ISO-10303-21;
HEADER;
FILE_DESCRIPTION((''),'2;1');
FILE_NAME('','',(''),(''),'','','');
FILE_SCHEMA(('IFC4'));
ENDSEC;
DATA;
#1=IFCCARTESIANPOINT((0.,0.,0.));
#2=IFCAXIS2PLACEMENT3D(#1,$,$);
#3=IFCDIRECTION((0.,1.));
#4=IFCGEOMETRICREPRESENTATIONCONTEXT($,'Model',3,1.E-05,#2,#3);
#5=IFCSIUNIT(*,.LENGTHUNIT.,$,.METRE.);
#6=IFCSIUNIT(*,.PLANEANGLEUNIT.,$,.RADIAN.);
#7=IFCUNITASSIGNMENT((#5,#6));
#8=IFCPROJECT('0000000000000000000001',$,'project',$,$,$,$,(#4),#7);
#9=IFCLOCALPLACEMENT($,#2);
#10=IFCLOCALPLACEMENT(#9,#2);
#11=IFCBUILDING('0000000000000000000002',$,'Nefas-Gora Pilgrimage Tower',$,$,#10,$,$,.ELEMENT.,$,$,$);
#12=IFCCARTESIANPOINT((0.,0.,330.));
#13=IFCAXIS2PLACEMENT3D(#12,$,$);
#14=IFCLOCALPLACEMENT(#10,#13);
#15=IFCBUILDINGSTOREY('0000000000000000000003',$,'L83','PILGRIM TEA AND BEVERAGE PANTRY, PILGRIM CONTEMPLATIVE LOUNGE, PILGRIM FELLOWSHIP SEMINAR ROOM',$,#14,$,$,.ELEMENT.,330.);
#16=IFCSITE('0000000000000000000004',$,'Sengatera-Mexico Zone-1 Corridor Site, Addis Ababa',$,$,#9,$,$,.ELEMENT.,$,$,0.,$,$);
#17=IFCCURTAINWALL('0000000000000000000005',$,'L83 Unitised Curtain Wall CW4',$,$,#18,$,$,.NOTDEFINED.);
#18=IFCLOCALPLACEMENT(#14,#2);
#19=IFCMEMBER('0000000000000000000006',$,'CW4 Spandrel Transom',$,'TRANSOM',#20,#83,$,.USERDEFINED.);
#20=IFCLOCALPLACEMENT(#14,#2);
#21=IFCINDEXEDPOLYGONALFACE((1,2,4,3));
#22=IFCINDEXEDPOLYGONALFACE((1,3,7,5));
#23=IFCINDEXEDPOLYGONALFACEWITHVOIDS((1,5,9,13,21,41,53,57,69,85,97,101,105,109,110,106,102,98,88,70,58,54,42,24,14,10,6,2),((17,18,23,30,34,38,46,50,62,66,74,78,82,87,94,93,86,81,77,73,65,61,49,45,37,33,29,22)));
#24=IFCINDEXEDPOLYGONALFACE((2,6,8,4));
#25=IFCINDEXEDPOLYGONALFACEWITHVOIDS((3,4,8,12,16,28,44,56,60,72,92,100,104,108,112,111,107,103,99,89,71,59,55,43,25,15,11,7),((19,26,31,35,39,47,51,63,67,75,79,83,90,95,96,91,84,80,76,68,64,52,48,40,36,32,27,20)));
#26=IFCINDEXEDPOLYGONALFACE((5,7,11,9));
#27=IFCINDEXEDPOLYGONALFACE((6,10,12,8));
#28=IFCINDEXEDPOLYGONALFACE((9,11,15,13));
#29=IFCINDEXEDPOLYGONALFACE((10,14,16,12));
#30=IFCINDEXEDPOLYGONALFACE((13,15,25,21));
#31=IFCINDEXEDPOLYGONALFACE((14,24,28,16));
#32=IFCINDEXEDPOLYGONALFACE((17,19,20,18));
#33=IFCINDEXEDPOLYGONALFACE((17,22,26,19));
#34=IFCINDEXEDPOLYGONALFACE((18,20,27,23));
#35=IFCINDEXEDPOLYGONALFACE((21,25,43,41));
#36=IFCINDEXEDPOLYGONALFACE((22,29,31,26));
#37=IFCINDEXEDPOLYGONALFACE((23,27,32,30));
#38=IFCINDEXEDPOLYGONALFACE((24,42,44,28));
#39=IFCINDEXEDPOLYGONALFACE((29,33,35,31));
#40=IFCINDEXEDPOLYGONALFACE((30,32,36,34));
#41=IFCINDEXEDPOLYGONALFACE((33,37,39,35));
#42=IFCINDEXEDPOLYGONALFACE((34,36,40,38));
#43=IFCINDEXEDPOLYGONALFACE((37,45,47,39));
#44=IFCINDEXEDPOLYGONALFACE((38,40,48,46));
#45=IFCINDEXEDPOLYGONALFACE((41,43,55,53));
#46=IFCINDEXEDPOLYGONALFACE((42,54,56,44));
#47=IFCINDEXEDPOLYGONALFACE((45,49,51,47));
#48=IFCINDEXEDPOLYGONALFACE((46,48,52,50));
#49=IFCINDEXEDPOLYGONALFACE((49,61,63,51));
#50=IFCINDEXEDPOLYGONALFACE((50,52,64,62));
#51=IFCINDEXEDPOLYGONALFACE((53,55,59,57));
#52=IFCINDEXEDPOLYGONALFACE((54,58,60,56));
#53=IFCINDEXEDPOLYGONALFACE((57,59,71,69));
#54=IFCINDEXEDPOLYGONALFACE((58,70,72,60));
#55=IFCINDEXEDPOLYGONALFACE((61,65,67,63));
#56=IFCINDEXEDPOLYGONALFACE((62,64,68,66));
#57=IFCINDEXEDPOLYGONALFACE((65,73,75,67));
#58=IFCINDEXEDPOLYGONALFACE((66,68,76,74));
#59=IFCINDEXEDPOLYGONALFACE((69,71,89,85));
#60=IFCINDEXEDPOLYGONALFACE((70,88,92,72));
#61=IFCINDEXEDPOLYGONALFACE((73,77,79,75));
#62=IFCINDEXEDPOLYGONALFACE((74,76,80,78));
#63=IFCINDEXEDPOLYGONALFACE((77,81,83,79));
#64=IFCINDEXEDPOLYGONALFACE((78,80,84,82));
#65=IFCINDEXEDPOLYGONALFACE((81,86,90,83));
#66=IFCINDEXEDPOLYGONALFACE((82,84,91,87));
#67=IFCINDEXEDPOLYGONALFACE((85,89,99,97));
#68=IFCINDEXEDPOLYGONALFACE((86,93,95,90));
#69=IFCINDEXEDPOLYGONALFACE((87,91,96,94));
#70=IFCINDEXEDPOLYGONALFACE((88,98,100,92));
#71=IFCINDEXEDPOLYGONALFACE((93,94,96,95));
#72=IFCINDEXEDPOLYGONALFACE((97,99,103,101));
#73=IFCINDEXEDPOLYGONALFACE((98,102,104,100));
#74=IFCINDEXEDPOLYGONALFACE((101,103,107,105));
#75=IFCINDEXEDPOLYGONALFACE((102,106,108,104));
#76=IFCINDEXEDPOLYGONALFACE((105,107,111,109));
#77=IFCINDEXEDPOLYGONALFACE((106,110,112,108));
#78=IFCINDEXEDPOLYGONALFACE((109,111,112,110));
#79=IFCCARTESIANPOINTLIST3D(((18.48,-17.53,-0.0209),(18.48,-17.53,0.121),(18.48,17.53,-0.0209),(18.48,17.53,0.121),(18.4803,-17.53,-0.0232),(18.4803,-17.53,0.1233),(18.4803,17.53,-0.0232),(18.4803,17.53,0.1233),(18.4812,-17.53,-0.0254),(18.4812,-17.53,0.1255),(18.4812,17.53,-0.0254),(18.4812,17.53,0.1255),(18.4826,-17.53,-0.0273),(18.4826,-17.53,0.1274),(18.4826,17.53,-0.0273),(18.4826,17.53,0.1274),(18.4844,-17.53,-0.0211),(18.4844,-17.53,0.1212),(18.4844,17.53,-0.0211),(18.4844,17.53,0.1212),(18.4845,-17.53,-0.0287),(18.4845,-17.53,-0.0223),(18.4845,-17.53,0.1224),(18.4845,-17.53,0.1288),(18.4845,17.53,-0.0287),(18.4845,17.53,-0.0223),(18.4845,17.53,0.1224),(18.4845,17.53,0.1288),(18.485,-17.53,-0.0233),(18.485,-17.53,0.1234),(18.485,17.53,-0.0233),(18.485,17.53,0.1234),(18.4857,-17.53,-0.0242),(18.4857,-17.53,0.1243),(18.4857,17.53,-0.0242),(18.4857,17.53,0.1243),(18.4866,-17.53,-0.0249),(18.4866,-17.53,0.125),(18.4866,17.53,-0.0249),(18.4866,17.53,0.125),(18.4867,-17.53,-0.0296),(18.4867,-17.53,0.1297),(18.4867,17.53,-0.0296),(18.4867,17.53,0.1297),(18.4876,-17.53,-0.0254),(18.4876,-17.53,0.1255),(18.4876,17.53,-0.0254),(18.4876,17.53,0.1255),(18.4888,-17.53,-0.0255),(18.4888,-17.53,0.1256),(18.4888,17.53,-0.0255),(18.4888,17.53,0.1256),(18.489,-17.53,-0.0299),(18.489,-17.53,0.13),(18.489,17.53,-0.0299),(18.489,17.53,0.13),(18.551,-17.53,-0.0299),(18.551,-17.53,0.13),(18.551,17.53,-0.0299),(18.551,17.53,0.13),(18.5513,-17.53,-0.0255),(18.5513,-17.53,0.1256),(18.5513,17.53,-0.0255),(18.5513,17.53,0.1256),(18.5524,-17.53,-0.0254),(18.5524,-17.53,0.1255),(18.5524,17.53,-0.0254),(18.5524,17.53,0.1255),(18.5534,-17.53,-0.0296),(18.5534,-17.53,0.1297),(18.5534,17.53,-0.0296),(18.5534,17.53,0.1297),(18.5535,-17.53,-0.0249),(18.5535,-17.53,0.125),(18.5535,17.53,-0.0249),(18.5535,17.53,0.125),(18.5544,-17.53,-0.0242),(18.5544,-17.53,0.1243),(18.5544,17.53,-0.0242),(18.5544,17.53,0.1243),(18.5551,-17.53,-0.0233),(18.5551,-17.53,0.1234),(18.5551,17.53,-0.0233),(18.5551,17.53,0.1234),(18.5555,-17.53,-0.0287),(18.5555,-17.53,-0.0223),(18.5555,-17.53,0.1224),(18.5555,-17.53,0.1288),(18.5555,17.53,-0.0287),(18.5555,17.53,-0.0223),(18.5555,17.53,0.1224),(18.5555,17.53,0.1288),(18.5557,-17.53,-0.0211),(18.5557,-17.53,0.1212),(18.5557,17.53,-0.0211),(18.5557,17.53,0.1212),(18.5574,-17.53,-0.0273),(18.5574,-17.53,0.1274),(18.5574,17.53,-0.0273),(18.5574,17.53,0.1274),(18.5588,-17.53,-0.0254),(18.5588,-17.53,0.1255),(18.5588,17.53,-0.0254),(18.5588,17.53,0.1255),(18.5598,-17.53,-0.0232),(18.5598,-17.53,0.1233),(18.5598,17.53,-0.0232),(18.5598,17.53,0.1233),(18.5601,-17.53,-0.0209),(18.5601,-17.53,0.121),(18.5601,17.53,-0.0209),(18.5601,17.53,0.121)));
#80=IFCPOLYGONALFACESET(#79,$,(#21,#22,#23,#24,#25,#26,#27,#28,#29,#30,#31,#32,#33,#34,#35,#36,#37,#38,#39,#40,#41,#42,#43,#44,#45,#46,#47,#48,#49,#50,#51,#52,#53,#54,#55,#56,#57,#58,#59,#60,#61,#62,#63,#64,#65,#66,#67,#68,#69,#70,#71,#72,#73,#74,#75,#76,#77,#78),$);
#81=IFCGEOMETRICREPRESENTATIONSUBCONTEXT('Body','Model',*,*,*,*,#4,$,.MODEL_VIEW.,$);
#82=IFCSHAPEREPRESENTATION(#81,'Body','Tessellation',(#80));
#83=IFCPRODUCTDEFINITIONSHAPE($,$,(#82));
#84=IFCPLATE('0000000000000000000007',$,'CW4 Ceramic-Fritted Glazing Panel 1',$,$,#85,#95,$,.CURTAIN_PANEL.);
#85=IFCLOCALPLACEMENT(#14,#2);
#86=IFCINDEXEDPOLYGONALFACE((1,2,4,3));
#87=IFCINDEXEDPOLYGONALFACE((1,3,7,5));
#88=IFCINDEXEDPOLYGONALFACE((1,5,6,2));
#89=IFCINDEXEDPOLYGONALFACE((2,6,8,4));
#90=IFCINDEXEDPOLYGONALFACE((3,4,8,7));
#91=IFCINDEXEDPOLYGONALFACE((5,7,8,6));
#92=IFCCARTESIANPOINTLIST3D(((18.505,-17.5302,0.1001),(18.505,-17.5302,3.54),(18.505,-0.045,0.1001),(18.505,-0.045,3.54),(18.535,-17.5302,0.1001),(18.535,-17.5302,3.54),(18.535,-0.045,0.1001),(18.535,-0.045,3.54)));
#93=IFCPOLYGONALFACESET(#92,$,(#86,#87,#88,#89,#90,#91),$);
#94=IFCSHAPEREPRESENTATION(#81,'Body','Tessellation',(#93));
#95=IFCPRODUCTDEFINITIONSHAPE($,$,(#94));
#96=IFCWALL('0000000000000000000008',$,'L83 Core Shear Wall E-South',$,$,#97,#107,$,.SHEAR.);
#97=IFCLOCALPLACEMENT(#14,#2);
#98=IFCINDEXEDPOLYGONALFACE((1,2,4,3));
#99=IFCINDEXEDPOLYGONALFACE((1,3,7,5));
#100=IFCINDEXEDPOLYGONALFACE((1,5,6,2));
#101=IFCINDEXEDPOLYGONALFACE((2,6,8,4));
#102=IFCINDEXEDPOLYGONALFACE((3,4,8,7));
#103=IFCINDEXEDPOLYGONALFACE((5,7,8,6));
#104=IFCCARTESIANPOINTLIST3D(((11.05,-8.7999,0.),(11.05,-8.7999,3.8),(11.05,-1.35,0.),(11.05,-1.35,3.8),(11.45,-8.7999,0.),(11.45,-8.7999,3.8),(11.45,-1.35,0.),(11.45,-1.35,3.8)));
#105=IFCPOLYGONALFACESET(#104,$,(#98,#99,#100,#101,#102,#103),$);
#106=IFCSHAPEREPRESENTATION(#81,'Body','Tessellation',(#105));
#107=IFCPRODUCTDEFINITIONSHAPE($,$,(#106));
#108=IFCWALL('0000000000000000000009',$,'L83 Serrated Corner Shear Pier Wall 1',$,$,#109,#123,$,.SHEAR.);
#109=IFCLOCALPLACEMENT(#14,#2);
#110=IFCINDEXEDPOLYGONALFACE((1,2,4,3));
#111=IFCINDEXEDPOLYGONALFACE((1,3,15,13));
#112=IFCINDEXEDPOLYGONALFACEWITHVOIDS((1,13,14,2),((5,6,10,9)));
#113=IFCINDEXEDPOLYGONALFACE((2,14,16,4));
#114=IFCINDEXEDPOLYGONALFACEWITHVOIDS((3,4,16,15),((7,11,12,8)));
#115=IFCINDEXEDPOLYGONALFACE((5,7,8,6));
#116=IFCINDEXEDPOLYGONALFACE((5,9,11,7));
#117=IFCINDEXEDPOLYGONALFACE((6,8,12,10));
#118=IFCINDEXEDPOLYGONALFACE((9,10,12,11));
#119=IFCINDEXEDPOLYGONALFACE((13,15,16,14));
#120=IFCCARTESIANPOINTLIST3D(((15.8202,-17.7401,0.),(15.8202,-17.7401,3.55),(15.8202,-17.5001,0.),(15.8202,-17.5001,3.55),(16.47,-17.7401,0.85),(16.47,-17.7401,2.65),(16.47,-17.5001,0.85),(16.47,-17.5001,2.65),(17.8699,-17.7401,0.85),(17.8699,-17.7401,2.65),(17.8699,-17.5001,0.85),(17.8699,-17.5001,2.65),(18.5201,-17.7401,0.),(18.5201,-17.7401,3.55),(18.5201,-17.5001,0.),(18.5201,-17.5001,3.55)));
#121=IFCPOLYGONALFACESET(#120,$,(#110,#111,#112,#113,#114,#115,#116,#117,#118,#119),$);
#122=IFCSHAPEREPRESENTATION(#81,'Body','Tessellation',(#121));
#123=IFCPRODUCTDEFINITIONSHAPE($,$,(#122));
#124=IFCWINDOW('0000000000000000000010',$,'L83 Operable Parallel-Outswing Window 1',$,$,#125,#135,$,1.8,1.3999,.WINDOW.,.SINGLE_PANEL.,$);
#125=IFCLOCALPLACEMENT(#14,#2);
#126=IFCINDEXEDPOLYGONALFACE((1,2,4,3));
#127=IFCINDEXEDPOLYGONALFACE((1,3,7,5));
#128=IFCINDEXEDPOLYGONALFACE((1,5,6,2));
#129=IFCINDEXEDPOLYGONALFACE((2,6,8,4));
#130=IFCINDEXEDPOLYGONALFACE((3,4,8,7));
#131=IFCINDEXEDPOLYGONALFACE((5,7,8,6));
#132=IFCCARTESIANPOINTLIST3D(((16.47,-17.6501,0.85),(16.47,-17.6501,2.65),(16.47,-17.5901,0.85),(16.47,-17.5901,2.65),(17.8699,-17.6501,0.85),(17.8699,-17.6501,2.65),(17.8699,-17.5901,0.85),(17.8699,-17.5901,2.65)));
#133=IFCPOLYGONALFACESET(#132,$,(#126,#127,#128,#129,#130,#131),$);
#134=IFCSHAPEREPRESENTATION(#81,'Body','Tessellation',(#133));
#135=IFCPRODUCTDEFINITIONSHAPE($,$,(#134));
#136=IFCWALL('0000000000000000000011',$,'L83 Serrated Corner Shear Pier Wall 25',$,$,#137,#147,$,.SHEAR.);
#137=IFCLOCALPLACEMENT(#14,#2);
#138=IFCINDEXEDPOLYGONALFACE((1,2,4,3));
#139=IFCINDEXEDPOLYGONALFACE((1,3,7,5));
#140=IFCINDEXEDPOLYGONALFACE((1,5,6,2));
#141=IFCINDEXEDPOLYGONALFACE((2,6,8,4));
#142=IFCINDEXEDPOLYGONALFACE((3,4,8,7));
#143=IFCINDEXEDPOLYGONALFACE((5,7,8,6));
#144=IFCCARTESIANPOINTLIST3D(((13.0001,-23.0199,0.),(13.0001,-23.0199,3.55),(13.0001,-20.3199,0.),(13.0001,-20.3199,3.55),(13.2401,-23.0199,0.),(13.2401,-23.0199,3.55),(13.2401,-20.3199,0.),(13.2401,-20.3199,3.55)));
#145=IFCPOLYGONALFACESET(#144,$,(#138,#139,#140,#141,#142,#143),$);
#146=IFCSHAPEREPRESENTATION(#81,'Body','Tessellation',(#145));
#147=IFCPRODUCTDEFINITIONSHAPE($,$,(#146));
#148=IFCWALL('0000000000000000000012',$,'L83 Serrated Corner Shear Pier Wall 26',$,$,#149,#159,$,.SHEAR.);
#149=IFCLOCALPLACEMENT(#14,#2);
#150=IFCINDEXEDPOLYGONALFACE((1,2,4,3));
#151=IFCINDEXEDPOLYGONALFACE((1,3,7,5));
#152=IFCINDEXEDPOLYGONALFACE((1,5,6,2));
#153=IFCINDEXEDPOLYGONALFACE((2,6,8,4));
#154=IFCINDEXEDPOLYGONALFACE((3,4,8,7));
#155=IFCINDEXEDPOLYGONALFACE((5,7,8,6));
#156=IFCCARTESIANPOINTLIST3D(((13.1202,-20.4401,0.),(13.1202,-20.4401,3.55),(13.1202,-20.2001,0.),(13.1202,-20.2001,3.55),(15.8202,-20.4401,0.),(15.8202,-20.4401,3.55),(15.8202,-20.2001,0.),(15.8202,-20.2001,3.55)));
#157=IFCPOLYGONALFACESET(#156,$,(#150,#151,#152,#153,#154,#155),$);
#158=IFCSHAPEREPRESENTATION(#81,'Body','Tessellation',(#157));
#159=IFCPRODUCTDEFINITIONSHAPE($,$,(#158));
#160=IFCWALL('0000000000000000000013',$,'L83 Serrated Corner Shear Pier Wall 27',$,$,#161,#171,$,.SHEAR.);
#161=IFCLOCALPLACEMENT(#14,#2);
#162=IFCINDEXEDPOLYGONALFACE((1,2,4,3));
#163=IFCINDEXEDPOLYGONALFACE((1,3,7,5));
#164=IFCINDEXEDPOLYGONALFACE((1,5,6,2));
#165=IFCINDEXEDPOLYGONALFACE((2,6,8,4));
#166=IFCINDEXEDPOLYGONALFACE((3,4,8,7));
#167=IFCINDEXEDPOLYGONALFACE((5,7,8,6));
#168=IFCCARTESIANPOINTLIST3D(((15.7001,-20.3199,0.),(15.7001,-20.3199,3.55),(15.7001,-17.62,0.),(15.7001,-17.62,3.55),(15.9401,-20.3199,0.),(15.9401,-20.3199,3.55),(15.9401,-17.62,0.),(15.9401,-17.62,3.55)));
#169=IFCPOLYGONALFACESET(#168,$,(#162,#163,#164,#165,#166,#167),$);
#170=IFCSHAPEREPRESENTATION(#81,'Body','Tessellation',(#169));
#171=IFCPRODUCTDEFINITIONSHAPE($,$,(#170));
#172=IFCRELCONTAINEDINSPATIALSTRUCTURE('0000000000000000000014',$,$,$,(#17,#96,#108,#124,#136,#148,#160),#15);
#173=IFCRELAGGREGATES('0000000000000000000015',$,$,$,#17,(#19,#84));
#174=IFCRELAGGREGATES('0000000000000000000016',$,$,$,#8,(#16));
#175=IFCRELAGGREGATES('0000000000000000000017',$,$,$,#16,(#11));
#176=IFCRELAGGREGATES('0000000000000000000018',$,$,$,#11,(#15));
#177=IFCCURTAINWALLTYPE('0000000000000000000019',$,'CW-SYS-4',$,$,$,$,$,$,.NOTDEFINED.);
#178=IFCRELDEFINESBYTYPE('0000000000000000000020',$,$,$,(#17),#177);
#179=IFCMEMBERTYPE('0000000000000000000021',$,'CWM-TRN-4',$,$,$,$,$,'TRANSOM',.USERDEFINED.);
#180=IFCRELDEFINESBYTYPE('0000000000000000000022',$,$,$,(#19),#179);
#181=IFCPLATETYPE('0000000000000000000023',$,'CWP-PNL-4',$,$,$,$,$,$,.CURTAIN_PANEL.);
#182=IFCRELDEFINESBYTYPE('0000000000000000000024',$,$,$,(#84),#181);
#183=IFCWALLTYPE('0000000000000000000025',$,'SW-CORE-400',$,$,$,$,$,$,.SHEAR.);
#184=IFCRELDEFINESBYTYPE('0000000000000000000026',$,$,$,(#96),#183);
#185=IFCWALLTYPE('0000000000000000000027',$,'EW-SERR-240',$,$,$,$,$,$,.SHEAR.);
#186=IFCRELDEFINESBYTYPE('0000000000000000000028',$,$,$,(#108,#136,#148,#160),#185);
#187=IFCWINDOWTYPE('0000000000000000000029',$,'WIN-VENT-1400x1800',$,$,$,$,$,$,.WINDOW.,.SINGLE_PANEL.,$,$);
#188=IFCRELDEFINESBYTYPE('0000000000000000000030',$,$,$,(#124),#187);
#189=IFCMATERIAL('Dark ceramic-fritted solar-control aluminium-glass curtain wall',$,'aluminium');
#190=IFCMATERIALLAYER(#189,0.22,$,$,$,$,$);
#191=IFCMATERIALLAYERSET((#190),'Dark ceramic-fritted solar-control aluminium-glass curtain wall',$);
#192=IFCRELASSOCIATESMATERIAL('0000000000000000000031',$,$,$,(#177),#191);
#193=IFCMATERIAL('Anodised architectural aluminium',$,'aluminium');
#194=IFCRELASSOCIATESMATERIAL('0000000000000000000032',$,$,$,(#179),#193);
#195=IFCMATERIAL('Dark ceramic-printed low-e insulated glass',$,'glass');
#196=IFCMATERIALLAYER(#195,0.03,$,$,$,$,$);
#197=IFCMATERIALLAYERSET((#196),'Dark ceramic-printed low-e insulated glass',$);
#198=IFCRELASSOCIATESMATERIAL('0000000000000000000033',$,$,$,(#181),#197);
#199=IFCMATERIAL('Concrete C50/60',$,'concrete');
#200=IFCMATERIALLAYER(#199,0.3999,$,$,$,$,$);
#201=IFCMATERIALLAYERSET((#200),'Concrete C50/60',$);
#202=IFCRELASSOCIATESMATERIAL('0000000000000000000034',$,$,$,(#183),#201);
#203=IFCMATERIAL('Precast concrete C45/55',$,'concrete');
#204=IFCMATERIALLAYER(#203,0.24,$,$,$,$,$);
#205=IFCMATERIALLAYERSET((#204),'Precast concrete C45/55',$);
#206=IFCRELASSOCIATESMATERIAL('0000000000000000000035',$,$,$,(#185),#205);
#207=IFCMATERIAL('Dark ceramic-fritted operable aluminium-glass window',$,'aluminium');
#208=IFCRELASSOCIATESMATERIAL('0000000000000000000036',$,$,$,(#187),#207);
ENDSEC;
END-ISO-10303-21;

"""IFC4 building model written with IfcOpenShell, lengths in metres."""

from ifc_helpers import new_model, si_unit, direction, frame, frame_2d, origin, origin_2d, place, context, subcontext, project, spatial, rectangle, hollow_rectangle, extrude, source, transform, mapped, material, layer, layer_set, material_profile, profile_set, type_object, element, fill, aggregate, save


model = new_model("IFC4")

# Units and contexts
model_context = context("Model", 3, precision=1e-05, world=origin(), true_north=direction((0.0, 1.0)))
body_context = subcontext(model_context, "Body", "Model", "MODEL_VIEW")
ifc_project = project(units=[si_unit("LENGTHUNIT", "METRE"), si_unit("PLANEANGLEUNIT", "RADIAN")], contexts=[model_context])

# Site, building, storey
site_placement = place(None, origin())
site = spatial("IfcSite", under=ifc_project, at=site_placement, Name="Sengatera-Mexico Zone-1 Corridor Site, Addis Ababa", CompositionType="ELEMENT", RefElevation=0.0)
building_placement = place(site_placement, origin())
building = spatial("IfcBuilding", under=site, at=building_placement, Name="Nefas-Gora Pilgrimage Tower", CompositionType="ELEMENT")
storey_placement = place(building_placement, frame((0.0, 0.0, 330.0)))
storey = spatial("IfcBuildingStorey", under=building, at=storey_placement, Name="L83", Description="PILGRIM TEA AND BEVERAGE PANTRY, PILGRIM CONTEMPLATIVE LOUNGE, PILGRIM FELLOWSHIP SEMINAR ROOM", CompositionType="ELEMENT", Elevation=330.0)

# Curtain wall
ifc_material_1 = material(Name="Dark ceramic-fritted solar-control aluminium-glass curtain wall", Category="aluminium")
ifc_layer_1 = layer(ifc_material_1, 0.22)
ifc_layer_set_1 = layer_set([ifc_layer_1], Name="Dark ceramic-fritted solar-control aluminium-glass curtain wall")
curtain_wall_type = type_object("IfcCurtainWallType", Name="CW-SYS-4", PredefinedType="NOTDEFINED", material=ifc_layer_set_1)
curtain_wall_1_placement = place(storey_placement, origin())
curtain_wall_1 = element("IfcCurtainWall", 1, at=curtain_wall_1_placement, inside=storey, type_object=curtain_wall_type, Name="L83 Unitised Curtain Wall CW4", PredefinedType="NOTDEFINED")
ifc_material_2 = material(Name="Anodised architectural aluminium", Category="aluminium")

# Member
ifc_material_profile_1 = material_profile(ifc_material_2, hollow_rectangle(XDim=0.0801, YDim=0.1599, WallThickness=0.0044, InnerFilletRadius=0.0044, OuterFilletRadius=0.009, at=origin_2d()), Name="ALU TRANSOM 80x160")
ifc_profile_set_1 = profile_set([ifc_material_profile_1], Name="Anodised architectural aluminium")
member_type_1 = type_object("IfcMemberType", Name="CWM-TRN-4", ElementType="TRANSOM", PredefinedType="USERDEFINED", material=ifc_profile_set_1)
shared_shape_1 = source(origin(), body_context, "Body", "SweptSolid", [
    extrude(hollow_rectangle(XDim=0.0801, YDim=0.1599, WallThickness=0.0044, InnerFilletRadius=0.0044, OuterFilletRadius=0.009, at=origin_2d()), origin(), (0.0, 0.0, 1.0), 35.0601),
])
member_1_placement = place(storey_placement, frame((18.52, -17.53, 0.05), z_axis=(0.0, 1.0, 0.0), x_axis=(-1.0, 0.0, 0.0)))
member_1 = element("IfcMember", 2, at=member_1_placement, type_object=member_type_1, Name="CW4 Spandrel Transom", ObjectType="TRANSOM", PredefinedType="USERDEFINED", context=body_context, shape_type="MappedRepresentation", body=[
    mapped(shared_shape_1, transform((0.0, 0.0, 0.0), x_axis=(1.0, 0.0, 0.0), y_axis=(0.0, 1.0, 0.0), z_axis=(0.0, 0.0, 1.0), scale=1.0)),
])

# Plate
ifc_material_3 = material(Name="Dark ceramic-printed low-e insulated glass", Category="glass")
ifc_layer_2 = layer(ifc_material_3, 0.03)
ifc_layer_set_2 = layer_set([ifc_layer_2], Name="Dark ceramic-printed low-e insulated glass")
plate_type = type_object("IfcPlateType", Name="CWP-PNL-4", PredefinedType="CURTAIN_PANEL", material=ifc_layer_set_2)
shared_shape_2 = source(origin(), body_context, "Body", "SweptSolid", [
    extrude(rectangle(XDim=17.4851, YDim=0.03, at=origin_2d()), origin(), (0.0, 0.0, 1.0), 3.4399),
])
plate_placement = place(storey_placement, frame((18.52, -8.7876, 0.1001), z_axis=(0.0, 0.0, 1.0), x_axis=(0.0, 1.0, 0.0)))
plate = element("IfcPlate", 3, at=plate_placement, type_object=plate_type, Name="CW4 Ceramic-Fritted Glazing Panel 1", PredefinedType="CURTAIN_PANEL", context=body_context, shape_type="MappedRepresentation", body=[
    mapped(shared_shape_2, transform((0.0, 0.0, 0.0), x_axis=(1.0, 0.0, 0.0), y_axis=(0.0, 1.0, 0.0), z_axis=(0.0, 0.0, 1.0), scale=1.0)),
])
aggregate(curtain_wall_1, [member_1, plate])

# Wall
ifc_material_4 = material(Name="Concrete C50/60", Category="concrete")
ifc_layer_3 = layer(ifc_material_4, 0.3999)
ifc_layer_set_3 = layer_set([ifc_layer_3], Name="Concrete C50/60")
wall_type_1 = type_object("IfcWallType", Name="SW-CORE-400", PredefinedType="SHEAR", material=ifc_layer_set_3)
shared_shape_3 = source(origin(), body_context, "Body", "SweptSolid", [
    extrude(rectangle(XDim=7.45, YDim=0.3999, at=frame_2d((3.7251, 0.0))), origin(), (0.0, 0.0, 1.0), 3.8),
])
wall_1_placement = place(storey_placement, frame((11.25, -8.8, 0.0), z_axis=(0.0, 0.0, 1.0), x_axis=(0.0, 1.0, 0.0)))
element("IfcWall", 4, at=wall_1_placement, inside=storey, type_object=wall_type_1, Name="L83 Core Shear Wall E-South", PredefinedType="SHEAR", context=body_context, shape_type="MappedRepresentation", body=[
    mapped(shared_shape_3, transform((0.0, 0.0, 0.0), x_axis=(1.0, 0.0, 0.0), y_axis=(0.0, 1.0, 0.0), z_axis=(0.0, 0.0, 1.0), scale=1.0)),
])

# Wall, opening, window
ifc_material_5 = material(Name="Precast concrete C45/55", Category="concrete")
ifc_layer_4 = layer(ifc_material_5, 0.24)
ifc_layer_set_4 = layer_set([ifc_layer_4], Name="Precast concrete C45/55")
wall_type_2 = type_object("IfcWallType", Name="EW-SERR-240", PredefinedType="SHEAR", material=ifc_layer_set_4)
shared_shape_4 = source(origin(), body_context, "Body", "SweptSolid", [
    extrude(rectangle(XDim=2.7, YDim=0.24, at=frame_2d((1.3501, 0.0))), origin(), (0.0, 0.0, 1.0), 3.55),
])
wall_2_placement = place(storey_placement, frame((15.8201, -17.6201, 0.0), z_axis=(0.0, 0.0, 1.0), x_axis=(1.0, 0.0, 0.0)))
wall_2 = element("IfcWall", 5, at=wall_2_placement, inside=storey, type_object=wall_type_2, Name="L83 Serrated Corner Shear Pier Wall 1", PredefinedType="SHEAR", context=body_context, shape_type="MappedRepresentation", body=[
    mapped(shared_shape_4, transform((0.0, 0.0, 0.0), x_axis=(1.0, 0.0, 0.0), y_axis=(0.0, 1.0, 0.0), z_axis=(0.0, 0.0, 1.0), scale=1.0)),
])
opening_1_placement = place(wall_2_placement, frame((0.6499, 0.0, 0.8501)))
opening_1 = element("IfcOpeningElement", 6, at=opening_1_placement, cuts=wall_2, PredefinedType="OPENING", context=body_context, shape_type="SweptSolid", body=[
    extrude(rectangle(XDim=1.3999, YDim=1.8, at=frame_2d((0.7, 0.8999))), frame((0.0, 0.1299, 0.0), z_axis=(0.0, -1.0, 0.0), x_axis=(1.0, 0.0, 0.0)), (0.0, 0.0, 1.0), 0.26),
])
ifc_material_6 = material(Name="Dark ceramic-fritted operable aluminium-glass window", Category="aluminium")
window_type = type_object("IfcWindowType", Name="WIN-VENT-1400x1800", PartitioningType="SINGLE_PANEL", PredefinedType="WINDOW", material=ifc_material_6)
shared_shape_5 = source(origin(), body_context, "Body", "SweptSolid", [
    extrude(rectangle(XDim=1.3999, YDim=1.8, at=frame_2d((0.7, 0.8999))), frame((0.0, 0.03, 0.0), z_axis=(0.0, -1.0, 0.0), x_axis=(1.0, 0.0, 0.0)), (0.0, 0.0, 1.0), 0.0601),
])
window_placement = place(opening_1_placement, origin())
window = element("IfcWindow", 7, at=window_placement, inside=storey, type_object=window_type, Name="L83 Operable Parallel-Outswing Window 1", OverallHeight=1.8, OverallWidth=1.3999, PartitioningType="SINGLE_PANEL", PredefinedType="WINDOW", context=body_context, shape_type="MappedRepresentation", body=[
    mapped(shared_shape_5, transform((0.0, 0.0, 0.0), x_axis=(1.0, 0.0, 0.0), y_axis=(0.0, 1.0, 0.0), z_axis=(0.0, 0.0, 1.0), scale=1.0)),
])
fill(opening_1, window)

# Walls
for number, where, z_axis, x_axis, name in (
    (8, (13.1201, -23.02, 0.0), (0.0, 0.0, 1.0), (0.0, 1.0, 0.0), "L83 Serrated Corner Shear Pier Wall 25"),
    (9, (13.1201, -20.3201, 0.0), (0.0, 0.0, 1.0), (1.0, 0.0, 0.0), "L83 Serrated Corner Shear Pier Wall 26"),
    (10, (15.8201, -20.3201, 0.0), (0.0, 0.0, 1.0), (0.0, 1.0, 0.0), "L83 Serrated Corner Shear Pier Wall 27"),
):
    element("IfcWall", number, at=place(storey_placement, frame(where, z_axis=z_axis, x_axis=x_axis)), inside=storey, type_object=wall_type_2, Name=name, PredefinedType="SHEAR", context=body_context, shape_type="MappedRepresentation", body=[
        mapped(shared_shape_4, transform((0.0, 0.0, 0.0), x_axis=(1.0, 0.0, 0.0), y_axis=(0.0, 1.0, 0.0), z_axis=(0.0, 0.0, 1.0), scale=1.0)),
    ])

save(model, "model.ifc")
